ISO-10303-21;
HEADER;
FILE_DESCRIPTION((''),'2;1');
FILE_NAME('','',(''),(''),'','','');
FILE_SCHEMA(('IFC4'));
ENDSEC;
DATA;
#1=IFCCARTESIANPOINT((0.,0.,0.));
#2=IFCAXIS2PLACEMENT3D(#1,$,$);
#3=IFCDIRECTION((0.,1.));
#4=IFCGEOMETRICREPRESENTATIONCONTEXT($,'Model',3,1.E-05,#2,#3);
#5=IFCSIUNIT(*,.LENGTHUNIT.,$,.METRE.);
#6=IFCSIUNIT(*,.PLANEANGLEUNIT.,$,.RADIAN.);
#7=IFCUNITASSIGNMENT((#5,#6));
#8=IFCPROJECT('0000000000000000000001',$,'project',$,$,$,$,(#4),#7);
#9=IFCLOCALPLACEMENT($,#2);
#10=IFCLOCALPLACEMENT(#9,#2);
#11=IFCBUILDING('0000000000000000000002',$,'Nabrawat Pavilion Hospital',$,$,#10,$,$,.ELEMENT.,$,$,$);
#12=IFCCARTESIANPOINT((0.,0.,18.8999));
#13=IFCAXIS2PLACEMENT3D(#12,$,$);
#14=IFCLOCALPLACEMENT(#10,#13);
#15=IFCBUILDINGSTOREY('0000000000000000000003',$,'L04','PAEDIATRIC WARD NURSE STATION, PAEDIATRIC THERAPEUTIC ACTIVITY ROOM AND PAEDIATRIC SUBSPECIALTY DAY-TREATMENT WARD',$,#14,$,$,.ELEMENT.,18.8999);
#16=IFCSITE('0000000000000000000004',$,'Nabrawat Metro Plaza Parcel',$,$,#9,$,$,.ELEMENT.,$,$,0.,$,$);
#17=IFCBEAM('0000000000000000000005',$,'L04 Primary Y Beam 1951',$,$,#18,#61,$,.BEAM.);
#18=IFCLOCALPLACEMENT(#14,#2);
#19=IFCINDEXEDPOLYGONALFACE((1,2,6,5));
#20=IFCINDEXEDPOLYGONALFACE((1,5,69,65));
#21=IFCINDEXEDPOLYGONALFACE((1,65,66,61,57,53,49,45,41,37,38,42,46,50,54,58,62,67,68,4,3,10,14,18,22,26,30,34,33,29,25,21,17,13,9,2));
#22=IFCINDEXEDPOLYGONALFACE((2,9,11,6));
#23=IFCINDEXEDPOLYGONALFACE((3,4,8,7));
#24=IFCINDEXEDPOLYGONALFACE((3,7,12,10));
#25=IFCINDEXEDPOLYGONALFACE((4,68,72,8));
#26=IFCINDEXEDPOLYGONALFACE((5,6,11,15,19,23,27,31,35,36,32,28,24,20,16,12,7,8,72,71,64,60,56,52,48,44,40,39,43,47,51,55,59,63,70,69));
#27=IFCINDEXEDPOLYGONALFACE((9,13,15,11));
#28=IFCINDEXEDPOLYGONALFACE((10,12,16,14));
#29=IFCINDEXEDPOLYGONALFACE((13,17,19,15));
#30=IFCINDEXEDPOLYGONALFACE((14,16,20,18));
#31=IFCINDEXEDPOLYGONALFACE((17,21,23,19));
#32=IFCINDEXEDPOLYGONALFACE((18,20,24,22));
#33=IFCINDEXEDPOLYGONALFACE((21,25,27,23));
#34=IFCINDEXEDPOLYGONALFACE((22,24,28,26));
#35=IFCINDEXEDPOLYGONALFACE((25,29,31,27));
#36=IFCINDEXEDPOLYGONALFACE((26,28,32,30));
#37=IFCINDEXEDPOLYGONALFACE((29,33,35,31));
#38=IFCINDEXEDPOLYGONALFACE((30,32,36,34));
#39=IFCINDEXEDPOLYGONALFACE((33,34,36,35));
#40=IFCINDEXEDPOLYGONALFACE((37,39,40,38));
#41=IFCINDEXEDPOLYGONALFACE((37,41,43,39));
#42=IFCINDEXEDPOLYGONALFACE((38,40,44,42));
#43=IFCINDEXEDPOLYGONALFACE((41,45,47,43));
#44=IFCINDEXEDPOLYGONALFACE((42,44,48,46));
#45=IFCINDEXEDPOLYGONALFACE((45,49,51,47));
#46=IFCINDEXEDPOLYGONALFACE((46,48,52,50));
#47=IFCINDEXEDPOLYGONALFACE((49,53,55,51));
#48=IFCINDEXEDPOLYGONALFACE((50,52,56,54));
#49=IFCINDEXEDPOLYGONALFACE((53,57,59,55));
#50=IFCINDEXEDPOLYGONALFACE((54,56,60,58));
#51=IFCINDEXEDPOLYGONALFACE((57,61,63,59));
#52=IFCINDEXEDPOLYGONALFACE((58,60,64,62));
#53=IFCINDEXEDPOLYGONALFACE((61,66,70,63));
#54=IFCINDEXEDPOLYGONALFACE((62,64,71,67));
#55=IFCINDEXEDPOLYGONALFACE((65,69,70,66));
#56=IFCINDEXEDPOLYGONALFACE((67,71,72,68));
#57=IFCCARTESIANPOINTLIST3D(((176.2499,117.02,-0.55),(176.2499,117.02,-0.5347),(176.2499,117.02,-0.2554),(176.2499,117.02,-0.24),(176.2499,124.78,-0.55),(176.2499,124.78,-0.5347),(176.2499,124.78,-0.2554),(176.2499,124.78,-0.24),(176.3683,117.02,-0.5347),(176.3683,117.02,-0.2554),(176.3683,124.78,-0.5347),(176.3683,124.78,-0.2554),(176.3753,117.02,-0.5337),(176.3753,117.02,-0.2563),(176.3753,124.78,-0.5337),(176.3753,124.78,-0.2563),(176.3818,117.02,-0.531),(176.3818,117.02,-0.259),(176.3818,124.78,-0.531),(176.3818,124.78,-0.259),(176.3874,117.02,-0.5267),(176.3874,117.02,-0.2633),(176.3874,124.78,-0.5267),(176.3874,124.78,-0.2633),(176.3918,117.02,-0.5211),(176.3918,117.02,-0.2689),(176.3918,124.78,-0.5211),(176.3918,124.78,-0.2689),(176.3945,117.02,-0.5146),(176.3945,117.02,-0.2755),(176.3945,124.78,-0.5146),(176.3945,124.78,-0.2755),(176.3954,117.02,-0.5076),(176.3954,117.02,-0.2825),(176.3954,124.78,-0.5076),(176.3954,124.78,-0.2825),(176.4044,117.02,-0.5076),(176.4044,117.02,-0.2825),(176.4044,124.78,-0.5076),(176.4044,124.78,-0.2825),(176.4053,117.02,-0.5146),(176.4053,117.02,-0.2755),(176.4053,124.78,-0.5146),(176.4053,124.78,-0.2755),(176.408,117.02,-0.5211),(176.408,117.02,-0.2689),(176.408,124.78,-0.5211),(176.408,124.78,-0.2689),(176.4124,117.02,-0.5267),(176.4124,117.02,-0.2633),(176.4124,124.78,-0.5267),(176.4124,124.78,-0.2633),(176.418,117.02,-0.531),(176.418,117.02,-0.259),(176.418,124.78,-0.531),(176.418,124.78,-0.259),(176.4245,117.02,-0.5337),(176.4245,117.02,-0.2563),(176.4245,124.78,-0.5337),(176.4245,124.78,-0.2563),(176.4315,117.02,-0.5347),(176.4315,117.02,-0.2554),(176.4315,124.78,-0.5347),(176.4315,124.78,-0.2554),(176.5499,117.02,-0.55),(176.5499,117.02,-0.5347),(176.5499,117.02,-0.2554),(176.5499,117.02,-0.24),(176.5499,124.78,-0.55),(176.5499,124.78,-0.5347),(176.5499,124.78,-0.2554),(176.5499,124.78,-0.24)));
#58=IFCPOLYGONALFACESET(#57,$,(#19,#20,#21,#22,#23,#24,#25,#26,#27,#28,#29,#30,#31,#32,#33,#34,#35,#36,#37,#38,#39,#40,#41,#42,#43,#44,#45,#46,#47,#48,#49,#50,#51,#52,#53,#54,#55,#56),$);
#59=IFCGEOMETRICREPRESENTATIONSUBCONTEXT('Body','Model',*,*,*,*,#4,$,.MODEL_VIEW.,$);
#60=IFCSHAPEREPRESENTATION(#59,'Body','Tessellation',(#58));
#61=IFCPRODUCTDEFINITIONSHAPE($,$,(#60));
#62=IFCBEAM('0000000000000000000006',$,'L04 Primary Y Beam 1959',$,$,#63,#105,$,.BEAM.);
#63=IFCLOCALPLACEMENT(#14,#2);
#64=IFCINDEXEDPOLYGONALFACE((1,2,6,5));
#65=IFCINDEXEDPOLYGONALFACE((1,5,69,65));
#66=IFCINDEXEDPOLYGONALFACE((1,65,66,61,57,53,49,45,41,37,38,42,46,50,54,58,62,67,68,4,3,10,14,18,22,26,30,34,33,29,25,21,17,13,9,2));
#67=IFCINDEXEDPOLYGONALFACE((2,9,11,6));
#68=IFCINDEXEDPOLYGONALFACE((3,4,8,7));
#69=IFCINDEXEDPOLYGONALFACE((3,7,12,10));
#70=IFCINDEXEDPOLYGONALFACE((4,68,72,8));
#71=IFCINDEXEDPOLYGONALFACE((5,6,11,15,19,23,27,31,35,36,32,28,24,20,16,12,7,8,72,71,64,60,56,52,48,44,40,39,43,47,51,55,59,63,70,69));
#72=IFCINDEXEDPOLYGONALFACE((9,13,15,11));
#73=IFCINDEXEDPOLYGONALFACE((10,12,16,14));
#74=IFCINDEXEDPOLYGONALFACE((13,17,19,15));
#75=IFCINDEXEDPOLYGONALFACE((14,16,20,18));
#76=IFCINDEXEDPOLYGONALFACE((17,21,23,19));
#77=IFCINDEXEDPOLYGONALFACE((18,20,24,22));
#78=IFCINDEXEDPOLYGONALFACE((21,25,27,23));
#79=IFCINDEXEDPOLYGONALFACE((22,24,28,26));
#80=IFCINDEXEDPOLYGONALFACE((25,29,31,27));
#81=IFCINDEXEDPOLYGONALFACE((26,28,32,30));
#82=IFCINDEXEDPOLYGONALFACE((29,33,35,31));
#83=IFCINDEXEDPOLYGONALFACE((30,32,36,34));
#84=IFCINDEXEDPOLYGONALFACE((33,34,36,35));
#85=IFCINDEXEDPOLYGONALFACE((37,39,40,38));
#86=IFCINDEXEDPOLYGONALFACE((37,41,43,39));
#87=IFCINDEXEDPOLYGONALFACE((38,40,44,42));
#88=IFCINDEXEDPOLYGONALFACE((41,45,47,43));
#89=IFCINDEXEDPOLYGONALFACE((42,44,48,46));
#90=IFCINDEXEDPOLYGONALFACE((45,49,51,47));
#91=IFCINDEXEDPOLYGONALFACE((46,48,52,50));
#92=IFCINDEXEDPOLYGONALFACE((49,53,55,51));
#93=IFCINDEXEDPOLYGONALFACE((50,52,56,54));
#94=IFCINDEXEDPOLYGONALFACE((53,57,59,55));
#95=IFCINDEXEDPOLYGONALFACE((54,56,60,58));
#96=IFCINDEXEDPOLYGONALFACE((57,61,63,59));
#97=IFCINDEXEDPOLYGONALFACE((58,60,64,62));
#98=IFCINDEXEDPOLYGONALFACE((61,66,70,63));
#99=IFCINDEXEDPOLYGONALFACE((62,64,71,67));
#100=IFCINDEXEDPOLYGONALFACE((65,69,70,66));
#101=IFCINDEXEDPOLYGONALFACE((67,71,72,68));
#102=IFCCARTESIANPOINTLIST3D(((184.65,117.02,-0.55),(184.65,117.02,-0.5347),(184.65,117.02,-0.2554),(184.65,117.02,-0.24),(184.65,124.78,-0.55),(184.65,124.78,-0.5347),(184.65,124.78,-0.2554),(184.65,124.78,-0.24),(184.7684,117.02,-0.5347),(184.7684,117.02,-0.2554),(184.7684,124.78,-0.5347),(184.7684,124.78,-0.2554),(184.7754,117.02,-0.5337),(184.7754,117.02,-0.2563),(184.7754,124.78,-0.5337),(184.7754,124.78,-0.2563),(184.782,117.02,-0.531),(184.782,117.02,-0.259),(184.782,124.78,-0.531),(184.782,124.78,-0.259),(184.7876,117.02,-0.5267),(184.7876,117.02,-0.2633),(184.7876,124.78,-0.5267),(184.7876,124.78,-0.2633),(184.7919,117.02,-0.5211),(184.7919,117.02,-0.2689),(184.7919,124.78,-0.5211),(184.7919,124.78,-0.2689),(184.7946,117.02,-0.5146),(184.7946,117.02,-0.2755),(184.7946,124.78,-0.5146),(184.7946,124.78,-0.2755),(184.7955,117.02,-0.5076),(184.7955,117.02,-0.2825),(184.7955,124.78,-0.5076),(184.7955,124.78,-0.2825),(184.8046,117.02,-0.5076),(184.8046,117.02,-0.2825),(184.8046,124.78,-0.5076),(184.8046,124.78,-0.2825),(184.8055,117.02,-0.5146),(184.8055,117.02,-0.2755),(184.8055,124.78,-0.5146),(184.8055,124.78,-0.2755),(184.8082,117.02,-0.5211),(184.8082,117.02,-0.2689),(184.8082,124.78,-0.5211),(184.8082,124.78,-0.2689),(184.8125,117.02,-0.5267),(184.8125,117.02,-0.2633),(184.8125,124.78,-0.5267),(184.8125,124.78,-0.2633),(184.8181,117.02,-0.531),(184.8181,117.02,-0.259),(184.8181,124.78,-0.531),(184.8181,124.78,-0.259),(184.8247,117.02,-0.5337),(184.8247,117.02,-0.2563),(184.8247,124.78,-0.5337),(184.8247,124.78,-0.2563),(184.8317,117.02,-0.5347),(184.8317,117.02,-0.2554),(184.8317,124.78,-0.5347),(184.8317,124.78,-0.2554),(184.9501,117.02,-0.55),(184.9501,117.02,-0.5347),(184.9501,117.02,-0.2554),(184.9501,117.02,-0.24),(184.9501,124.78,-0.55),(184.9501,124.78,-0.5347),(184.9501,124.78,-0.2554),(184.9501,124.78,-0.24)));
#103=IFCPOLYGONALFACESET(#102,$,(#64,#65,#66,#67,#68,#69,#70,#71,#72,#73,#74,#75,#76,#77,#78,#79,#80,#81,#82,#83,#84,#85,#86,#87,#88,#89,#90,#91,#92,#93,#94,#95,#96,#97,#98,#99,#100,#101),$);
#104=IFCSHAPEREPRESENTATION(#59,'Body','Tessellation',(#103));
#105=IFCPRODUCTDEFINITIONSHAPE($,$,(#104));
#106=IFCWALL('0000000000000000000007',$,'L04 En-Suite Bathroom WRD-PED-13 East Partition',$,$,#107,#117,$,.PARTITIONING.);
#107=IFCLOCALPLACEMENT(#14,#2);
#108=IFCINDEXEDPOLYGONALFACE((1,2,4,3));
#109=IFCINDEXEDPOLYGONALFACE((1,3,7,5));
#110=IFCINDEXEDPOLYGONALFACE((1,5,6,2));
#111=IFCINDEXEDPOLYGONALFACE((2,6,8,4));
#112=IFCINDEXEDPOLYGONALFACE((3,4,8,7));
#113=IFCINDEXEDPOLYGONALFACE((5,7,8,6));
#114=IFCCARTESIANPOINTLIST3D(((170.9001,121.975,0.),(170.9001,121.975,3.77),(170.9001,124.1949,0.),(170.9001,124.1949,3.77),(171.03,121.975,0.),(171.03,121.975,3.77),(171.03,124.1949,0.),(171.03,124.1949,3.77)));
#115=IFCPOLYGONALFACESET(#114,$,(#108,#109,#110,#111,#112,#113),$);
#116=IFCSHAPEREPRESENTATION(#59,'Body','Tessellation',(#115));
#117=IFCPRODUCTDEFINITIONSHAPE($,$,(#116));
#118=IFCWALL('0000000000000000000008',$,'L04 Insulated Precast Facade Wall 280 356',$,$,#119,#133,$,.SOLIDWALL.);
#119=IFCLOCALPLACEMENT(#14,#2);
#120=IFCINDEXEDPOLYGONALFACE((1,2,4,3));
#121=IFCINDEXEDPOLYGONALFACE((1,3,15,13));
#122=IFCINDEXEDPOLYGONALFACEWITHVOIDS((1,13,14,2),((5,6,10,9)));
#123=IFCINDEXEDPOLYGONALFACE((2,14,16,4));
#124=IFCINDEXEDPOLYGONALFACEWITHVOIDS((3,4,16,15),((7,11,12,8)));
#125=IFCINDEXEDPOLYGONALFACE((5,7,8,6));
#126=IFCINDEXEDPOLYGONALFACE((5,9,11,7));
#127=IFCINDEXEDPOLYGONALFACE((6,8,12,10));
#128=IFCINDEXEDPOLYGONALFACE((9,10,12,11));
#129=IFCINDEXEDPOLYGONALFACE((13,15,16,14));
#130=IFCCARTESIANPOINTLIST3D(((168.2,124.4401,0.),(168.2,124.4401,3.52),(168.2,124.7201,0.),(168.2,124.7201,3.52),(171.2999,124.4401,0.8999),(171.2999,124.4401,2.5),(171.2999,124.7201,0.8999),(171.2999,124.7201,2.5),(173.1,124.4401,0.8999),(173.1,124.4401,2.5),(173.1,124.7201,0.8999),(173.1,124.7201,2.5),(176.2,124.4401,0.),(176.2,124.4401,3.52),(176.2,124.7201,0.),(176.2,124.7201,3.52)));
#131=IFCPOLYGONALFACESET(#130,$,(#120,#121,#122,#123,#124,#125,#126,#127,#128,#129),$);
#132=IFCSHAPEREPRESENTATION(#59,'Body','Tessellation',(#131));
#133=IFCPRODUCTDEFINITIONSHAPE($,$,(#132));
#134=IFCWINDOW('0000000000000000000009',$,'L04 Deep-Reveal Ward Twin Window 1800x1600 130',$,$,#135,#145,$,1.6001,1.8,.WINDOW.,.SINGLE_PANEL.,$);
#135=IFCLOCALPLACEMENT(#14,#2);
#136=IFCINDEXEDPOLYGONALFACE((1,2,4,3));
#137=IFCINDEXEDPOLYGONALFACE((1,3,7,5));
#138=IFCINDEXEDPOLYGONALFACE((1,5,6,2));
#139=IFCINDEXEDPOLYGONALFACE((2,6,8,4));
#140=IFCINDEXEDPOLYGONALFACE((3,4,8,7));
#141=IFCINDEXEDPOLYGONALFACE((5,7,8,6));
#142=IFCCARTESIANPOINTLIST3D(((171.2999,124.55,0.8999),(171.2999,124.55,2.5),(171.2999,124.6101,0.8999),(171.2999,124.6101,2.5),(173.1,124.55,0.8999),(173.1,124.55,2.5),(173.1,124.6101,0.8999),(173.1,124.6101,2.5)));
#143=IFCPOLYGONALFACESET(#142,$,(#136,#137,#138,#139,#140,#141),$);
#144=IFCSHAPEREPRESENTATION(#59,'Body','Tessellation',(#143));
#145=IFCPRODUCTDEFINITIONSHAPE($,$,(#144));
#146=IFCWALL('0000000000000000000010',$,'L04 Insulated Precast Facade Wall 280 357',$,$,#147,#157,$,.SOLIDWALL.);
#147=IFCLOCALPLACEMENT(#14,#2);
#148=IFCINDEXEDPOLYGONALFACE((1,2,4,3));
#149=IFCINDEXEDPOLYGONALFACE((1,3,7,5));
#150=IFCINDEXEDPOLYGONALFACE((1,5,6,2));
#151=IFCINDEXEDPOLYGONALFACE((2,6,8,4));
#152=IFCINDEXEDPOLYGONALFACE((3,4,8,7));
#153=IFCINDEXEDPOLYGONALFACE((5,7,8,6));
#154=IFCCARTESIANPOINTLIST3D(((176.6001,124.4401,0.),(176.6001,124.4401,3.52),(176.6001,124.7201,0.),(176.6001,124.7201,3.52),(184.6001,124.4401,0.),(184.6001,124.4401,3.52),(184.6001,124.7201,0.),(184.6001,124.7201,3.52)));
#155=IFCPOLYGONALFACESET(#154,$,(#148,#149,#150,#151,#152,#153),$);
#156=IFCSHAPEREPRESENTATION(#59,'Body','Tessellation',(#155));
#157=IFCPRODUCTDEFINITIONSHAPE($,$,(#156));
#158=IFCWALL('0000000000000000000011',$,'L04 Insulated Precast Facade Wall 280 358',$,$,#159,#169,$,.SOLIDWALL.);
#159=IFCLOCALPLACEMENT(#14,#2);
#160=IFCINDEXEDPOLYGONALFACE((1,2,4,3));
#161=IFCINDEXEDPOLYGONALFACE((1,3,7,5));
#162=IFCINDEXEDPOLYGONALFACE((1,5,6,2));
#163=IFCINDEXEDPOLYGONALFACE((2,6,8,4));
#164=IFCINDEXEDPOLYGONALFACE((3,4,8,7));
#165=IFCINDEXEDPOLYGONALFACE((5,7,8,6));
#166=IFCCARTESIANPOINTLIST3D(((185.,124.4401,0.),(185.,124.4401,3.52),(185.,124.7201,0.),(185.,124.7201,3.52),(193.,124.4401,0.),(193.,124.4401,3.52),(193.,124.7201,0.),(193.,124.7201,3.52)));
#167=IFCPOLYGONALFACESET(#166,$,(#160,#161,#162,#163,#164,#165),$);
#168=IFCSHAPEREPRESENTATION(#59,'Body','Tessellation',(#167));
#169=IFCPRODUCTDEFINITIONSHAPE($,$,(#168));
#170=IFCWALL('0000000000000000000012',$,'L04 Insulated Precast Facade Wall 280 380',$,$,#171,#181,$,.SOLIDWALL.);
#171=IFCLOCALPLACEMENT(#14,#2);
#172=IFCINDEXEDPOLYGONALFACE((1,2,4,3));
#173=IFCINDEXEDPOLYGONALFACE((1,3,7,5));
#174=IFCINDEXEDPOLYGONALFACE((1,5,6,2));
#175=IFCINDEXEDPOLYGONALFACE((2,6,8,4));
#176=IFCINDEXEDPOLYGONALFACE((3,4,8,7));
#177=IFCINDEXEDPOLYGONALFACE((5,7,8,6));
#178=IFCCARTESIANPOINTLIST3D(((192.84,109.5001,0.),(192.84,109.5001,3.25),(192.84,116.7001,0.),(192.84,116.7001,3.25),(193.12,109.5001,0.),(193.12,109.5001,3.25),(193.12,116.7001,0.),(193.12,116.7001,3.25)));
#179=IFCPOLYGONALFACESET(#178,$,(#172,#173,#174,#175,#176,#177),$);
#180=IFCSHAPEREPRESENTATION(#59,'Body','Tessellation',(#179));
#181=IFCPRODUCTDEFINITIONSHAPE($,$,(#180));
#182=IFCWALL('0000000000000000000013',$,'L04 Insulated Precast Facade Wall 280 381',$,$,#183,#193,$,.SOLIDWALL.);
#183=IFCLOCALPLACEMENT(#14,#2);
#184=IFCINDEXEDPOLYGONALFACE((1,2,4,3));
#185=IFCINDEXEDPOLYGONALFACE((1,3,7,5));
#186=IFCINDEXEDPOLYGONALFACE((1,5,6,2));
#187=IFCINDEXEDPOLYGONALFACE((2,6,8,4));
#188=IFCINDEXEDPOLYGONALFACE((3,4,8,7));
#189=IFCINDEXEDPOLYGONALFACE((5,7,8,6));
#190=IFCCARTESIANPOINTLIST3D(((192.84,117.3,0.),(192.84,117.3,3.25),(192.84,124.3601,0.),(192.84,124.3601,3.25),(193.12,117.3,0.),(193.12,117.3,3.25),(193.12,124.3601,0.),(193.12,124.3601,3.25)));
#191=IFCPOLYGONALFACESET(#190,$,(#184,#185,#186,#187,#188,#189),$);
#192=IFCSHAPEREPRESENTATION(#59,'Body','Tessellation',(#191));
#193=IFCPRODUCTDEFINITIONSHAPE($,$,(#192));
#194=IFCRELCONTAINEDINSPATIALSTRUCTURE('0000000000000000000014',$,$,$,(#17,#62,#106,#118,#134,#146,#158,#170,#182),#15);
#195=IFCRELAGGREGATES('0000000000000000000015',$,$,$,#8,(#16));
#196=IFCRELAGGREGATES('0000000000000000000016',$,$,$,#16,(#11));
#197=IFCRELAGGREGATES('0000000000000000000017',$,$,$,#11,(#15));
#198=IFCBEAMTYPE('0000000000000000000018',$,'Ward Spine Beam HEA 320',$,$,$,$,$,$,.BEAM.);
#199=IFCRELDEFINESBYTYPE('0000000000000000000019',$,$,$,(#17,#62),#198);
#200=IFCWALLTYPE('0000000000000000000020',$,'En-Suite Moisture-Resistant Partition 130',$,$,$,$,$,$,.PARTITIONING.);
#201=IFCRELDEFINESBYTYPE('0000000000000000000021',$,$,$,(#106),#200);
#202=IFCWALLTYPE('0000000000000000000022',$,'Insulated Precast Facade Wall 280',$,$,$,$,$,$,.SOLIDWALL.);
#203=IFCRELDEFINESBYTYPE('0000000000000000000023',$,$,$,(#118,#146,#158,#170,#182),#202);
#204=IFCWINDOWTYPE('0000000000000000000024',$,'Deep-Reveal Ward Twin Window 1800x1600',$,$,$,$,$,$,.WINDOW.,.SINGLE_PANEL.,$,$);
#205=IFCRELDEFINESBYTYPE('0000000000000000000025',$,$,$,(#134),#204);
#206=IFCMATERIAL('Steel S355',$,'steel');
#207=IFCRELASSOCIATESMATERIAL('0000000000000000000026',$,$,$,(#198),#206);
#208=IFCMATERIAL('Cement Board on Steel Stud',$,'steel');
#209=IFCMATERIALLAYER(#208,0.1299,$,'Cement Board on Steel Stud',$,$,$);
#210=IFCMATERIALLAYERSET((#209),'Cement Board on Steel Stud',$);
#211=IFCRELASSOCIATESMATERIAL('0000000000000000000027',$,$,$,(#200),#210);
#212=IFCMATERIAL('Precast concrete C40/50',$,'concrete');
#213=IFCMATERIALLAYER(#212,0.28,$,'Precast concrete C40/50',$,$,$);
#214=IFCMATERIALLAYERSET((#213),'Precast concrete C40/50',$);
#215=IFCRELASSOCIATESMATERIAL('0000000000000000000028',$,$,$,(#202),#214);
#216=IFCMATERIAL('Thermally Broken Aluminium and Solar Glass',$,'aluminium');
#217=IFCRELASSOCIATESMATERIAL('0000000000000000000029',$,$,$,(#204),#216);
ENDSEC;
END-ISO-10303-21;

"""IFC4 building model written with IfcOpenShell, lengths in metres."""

from ifc_helpers import new_model, si_unit, direction, frame, frame_2d, origin, origin_2d, place, context, subcontext, project, spatial, rectangle, i_section, extrude, material, layer, layer_set, material_profile, profile_set, type_object, element, fill, save


model = new_model("IFC4")

# Units and contexts
model_context = context("Model", 3, precision=1e-05, world=origin(), true_north=direction((0.0, 1.0)))
body_context = subcontext(model_context, "Body", "Model", "MODEL_VIEW")
ifc_project = project(units=[si_unit("LENGTHUNIT", "METRE"), si_unit("PLANEANGLEUNIT", "RADIAN")], contexts=[model_context])

# Site, building, storey
site_placement = place(None, origin())
site = spatial("IfcSite", under=ifc_project, at=site_placement, Name="Nabrawat Metro Plaza Parcel", CompositionType="ELEMENT", RefElevation=0.0)
building_placement = place(site_placement, origin())
building = spatial("IfcBuilding", under=site, at=building_placement, Name="Nabrawat Pavilion Hospital", CompositionType="ELEMENT")
storey_placement = place(building_placement, frame((0.0, 0.0, 18.8999)))
storey = spatial("IfcBuildingStorey", under=building, at=storey_placement, Name="L04", Description="PAEDIATRIC WARD NURSE STATION, PAEDIATRIC THERAPEUTIC ACTIVITY ROOM AND PAEDIATRIC SUBSPECIALTY DAY-TREATMENT WARD", CompositionType="ELEMENT", Elevation=18.8999)

# Shared definitions
ifc_material_1 = material(Name="Steel S355", Category="steel")

# Beams
ifc_material_profile_1 = material_profile(ifc_material_1, i_section(OverallWidth=0.3, OverallDepth=0.3101, WebThickness=0.009, FlangeThickness=0.0154, FilletRadius=0.0271, at=origin_2d()), Name="HEA 320")
ifc_profile_set_1 = profile_set([ifc_material_profile_1], Name="Steel S355")
beam_type_1 = type_object("IfcBeamType", Name="Ward Spine Beam HEA 320", PredefinedType="BEAM", material=ifc_profile_set_1)
for number, where, z_axis, x_axis, name in (
    (1, (176.3999, 117.02, -0.395), (0.0, 1.0, 0.0), (-1.0, 0.0, 0.0), "L04 Primary Y Beam 1951"),
    (2, (184.8, 117.02, -0.395), (0.0, 1.0, 0.0), (-1.0, 0.0, 0.0), "L04 Primary Y Beam 1959"),
):
    element("IfcBeam", number, at=place(storey_placement, frame(where, z_axis=z_axis, x_axis=x_axis)), inside=storey, type_object=beam_type_1, Name=name, PredefinedType="BEAM", context=body_context, shape_type="SweptSolid", body=[
        extrude(i_section(OverallWidth=0.3, OverallDepth=0.3101, WebThickness=0.009, FlangeThickness=0.0154, FilletRadius=0.0271, at=origin_2d()), origin(), (0.0, 0.0, 1.0), 7.76),
    ])

# Wall
ifc_material_2 = material(Name="Cement Board on Steel Stud", Category="steel")
ifc_layer_1 = layer(ifc_material_2, 0.1299, Name="Cement Board on Steel Stud")
ifc_layer_set_1 = layer_set([ifc_layer_1], Name="Cement Board on Steel Stud")
wall_type_1 = type_object("IfcWallType", Name="En-Suite Moisture-Resistant Partition 130", PredefinedType="PARTITIONING", material=ifc_layer_set_1)
wall_1_placement = place(storey_placement, frame((170.9651, 121.9751, 0.0), z_axis=(0.0, 0.0, 1.0), x_axis=(0.0, 1.0, 0.0)))
element("IfcWall", 3, at=wall_1_placement, inside=storey, type_object=wall_type_1, Name="L04 En-Suite Bathroom WRD-PED-13 East Partition", PredefinedType="PARTITIONING", context=body_context, shape_type="SweptSolid", body=[
    extrude(rectangle(XDim=2.22, YDim=0.1299, at=frame_2d((1.1099, 0.0))), origin(), (0.0, 0.0, 1.0), 3.77),
])

# Wall, opening, window
ifc_material_3 = material(Name="Precast concrete C40/50", Category="concrete")
ifc_layer_2 = layer(ifc_material_3, 0.28, Name="Precast concrete C40/50")
ifc_layer_set_2 = layer_set([ifc_layer_2], Name="Precast concrete C40/50")
wall_type_2 = type_object("IfcWallType", Name="Insulated Precast Facade Wall 280", PredefinedType="SOLIDWALL", material=ifc_layer_set_2)
wall_2_placement = place(storey_placement, frame((168.2, 124.5801, 0.0), z_axis=(0.0, 0.0, 1.0), x_axis=(1.0, 0.0, 0.0)))
wall_2 = element("IfcWall", 4, at=wall_2_placement, inside=storey, type_object=wall_type_2, Name="L04 Insulated Precast Facade Wall 280 356", PredefinedType="SOLIDWALL", context=body_context, shape_type="SweptSolid", body=[
    extrude(rectangle(XDim=8.0, YDim=0.28, at=frame_2d((4.0, 0.0))), origin(), (0.0, 0.0, 1.0), 3.52),
])
opening_placement = place(wall_2_placement, frame((3.1001, 0.0, 0.8999)))
opening = element("IfcOpeningElement", 5, at=opening_placement, cuts=wall_2, PredefinedType="OPENING", context=body_context, shape_type="SweptSolid", body=[
    extrude(rectangle(XDim=1.8, YDim=1.6001, at=frame_2d((0.8999, 0.8))), frame((0.0, 0.1499, 0.0), z_axis=(0.0, -1.0, 0.0), x_axis=(1.0, 0.0, 0.0)), (0.0, 0.0, 1.0), 0.3),
])
ifc_material_4 = material(Name="Thermally Broken Aluminium and Solar Glass", Category="aluminium")
window_type = type_object("IfcWindowType", Name="Deep-Reveal Ward Twin Window 1800x1600", PartitioningType="SINGLE_PANEL", PredefinedType="WINDOW", material=ifc_material_4)
window_placement = place(opening_placement, origin())
window = element("IfcWindow", 6, at=window_placement, inside=storey, type_object=window_type, Name="L04 Deep-Reveal Ward Twin Window 1800x1600 130", OverallHeight=1.6001, OverallWidth=1.8, PartitioningType="SINGLE_PANEL", PredefinedType="WINDOW", context=body_context, shape_type="SweptSolid", body=[
    extrude(rectangle(XDim=1.8, YDim=1.6001, at=frame_2d((0.8999, 0.8))), frame((0.0, 0.03, 0.0), z_axis=(0.0, -1.0, 0.0), x_axis=(1.0, 0.0, 0.0)), (0.0, 0.0, 1.0), 0.0601),
])
fill(opening, window)

# Walls
for number, where, z_axis, x_axis, name in (
    (7, (176.6001, 124.5801, 0.0), (0.0, 0.0, 1.0), (1.0, 0.0, 0.0), "L04 Insulated Precast Facade Wall 280 357"),
    (8, (185.0, 124.5801, 0.0), (0.0, 0.0, 1.0), (1.0, 0.0, 0.0), "L04 Insulated Precast Facade Wall 280 358"),
):
    element("IfcWall", number, at=place(storey_placement, frame(where, z_axis=z_axis, x_axis=x_axis)), inside=storey, type_object=wall_type_2, Name=name, PredefinedType="SOLIDWALL", context=body_context, shape_type="SweptSolid", body=[
        extrude(rectangle(XDim=8.0, YDim=0.28, at=frame_2d((4.0, 0.0))), origin(), (0.0, 0.0, 1.0), 3.52),
    ])
wall_3_placement = place(storey_placement, frame((192.98, 109.5, 0.0), z_axis=(0.0, 0.0, 1.0), x_axis=(0.0, 1.0, 0.0)))
element("IfcWall", 9, at=wall_3_placement, inside=storey, type_object=wall_type_2, Name="L04 Insulated Precast Facade Wall 280 380", PredefinedType="SOLIDWALL", context=body_context, shape_type="SweptSolid", body=[
    extrude(rectangle(XDim=7.2, YDim=0.28, at=frame_2d((3.6001, 0.0))), origin(), (0.0, 0.0, 1.0), 3.25),
])
wall_4_placement = place(storey_placement, frame((192.98, 117.3, 0.0), z_axis=(0.0, 0.0, 1.0), x_axis=(0.0, 1.0, 0.0)))
element("IfcWall", 10, at=wall_4_placement, inside=storey, type_object=wall_type_2, Name="L04 Insulated Precast Facade Wall 280 381", PredefinedType="SOLIDWALL", context=body_context, shape_type="SweptSolid", body=[
    extrude(rectangle(XDim=7.0601, YDim=0.28, at=frame_2d((3.53, 0.0))), origin(), (0.0, 0.0, 1.0), 3.25),
])

save(model, "model.ifc")
